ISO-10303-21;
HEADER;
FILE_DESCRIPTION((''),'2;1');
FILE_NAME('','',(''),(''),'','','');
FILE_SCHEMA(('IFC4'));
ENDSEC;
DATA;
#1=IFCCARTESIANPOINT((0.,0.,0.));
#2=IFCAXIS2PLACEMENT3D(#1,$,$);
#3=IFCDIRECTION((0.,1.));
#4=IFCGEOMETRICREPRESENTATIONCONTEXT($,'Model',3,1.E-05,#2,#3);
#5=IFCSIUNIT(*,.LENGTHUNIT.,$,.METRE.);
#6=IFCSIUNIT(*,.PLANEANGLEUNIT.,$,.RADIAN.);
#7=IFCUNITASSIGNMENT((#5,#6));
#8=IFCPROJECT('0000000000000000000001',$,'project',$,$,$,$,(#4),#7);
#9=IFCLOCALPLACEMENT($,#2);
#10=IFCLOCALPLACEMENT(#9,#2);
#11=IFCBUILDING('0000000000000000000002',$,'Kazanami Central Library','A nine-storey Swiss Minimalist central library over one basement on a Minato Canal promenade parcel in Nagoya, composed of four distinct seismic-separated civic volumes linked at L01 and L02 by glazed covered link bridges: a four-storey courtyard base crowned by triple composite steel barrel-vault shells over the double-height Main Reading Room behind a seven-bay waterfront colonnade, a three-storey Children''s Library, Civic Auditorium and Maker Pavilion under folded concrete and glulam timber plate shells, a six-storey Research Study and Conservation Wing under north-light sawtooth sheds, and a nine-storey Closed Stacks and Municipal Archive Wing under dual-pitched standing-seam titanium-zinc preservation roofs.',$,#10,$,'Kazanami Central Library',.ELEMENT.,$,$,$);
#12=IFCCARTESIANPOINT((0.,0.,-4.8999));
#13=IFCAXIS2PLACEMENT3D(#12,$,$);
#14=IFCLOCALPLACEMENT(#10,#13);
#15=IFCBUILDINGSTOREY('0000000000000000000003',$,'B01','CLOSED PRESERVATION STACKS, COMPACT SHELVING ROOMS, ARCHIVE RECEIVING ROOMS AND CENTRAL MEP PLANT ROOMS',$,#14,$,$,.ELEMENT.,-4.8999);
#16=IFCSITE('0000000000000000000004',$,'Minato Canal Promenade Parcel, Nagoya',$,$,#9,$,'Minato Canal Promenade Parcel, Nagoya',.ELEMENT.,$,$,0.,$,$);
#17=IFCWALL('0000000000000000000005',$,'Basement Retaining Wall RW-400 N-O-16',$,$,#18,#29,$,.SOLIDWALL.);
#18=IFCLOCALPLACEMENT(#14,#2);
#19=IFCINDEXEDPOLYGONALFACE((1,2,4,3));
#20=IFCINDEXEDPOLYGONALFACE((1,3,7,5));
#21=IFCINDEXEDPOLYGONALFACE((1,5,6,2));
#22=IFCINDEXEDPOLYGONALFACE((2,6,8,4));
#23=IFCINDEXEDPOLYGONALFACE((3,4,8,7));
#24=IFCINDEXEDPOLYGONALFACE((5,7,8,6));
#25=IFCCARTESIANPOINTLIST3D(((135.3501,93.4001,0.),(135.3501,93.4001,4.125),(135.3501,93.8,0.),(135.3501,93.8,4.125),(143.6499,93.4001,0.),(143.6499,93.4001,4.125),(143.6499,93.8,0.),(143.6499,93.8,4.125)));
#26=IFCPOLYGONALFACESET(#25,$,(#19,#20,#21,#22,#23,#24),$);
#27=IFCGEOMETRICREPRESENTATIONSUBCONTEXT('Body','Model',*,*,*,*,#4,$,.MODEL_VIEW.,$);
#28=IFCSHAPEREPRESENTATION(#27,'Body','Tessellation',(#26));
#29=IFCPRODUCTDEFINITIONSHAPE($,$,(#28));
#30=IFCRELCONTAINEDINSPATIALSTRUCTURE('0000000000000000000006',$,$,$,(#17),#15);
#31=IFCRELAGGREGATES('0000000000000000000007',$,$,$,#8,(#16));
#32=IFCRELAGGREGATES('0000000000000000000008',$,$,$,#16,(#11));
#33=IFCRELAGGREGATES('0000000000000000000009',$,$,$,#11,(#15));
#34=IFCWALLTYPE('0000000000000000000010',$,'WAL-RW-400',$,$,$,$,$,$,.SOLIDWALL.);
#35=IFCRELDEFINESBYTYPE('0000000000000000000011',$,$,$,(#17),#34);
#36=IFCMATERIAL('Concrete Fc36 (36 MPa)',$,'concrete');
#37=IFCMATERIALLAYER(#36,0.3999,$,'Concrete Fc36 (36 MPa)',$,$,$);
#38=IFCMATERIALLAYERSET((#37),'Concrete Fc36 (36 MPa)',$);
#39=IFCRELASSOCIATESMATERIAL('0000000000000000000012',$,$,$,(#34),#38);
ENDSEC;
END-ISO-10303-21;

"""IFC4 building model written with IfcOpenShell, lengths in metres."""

from ifc_helpers import new_model, si_unit, direction, frame, frame_2d, origin, place, context, subcontext, project, spatial, rectangle, extrude, material, layer, layer_set, type_object, element, save


model = new_model("IFC4")

# Units and contexts
model_context = context("Model", 3, precision=1e-05, world=origin(), true_north=direction((0.0, 1.0)))
body_context = subcontext(model_context, "Body", "Model", "MODEL_VIEW")
ifc_project = project(units=[si_unit("LENGTHUNIT", "METRE"), si_unit("PLANEANGLEUNIT", "RADIAN")], contexts=[model_context])

# Site, building, storey
site_placement = place(None, origin())
site = spatial("IfcSite", under=ifc_project, at=site_placement, Name="Minato Canal Promenade Parcel, Nagoya", LongName="Minato Canal Promenade Parcel, Nagoya", CompositionType="ELEMENT", RefElevation=0.0)
building_placement = place(site_placement, origin())
building = spatial("IfcBuilding", under=site, at=building_placement, Name="Kazanami Central Library", Description="A nine-storey Swiss Minimalist central library over one basement on a Minato Canal promenade parcel in Nagoya, composed of four distinct seismic-separated civic volumes linked at L01 and L02 by glazed covered link bridges: a four-storey courtyard base crowned by triple composite steel barrel-vault shells over the double-height Main Reading Room behind a seven-bay waterfront colonnade, a three-storey Children's Library, Civic Auditorium and Maker Pavilion under folded concrete and glulam timber plate shells, a six-storey Research Study and Conservation Wing under north-light sawtooth sheds, and a nine-storey Closed Stacks and Municipal Archive Wing under dual-pitched standing-seam titanium-zinc preservation roofs.", LongName="Kazanami Central Library", CompositionType="ELEMENT")
storey_placement = place(building_placement, frame((0.0, 0.0, -4.8999)))
storey = spatial("IfcBuildingStorey", under=building, at=storey_placement, Name="B01", Description="CLOSED PRESERVATION STACKS, COMPACT SHELVING ROOMS, ARCHIVE RECEIVING ROOMS AND CENTRAL MEP PLANT ROOMS", CompositionType="ELEMENT", Elevation=-4.8999)

# Shared definitions
ifc_material_1 = material(Name="Concrete Fc36 (36 MPa)", Category="concrete")

# Wall
ifc_layer = layer(ifc_material_1, 0.3999, Name="Concrete Fc36 (36 MPa)")
ifc_layer_set = layer_set([ifc_layer], Name="Concrete Fc36 (36 MPa)")
wall_type = type_object("IfcWallType", Name="WAL-RW-400", PredefinedType="SOLIDWALL", material=ifc_layer_set)
for number, where, z_axis, x_axis, name in (
    (1, (143.6499, 93.6001, 0.0), (0.0, 0.0, 1.0), (-1.0, 0.0, 0.0), "Basement Retaining Wall RW-400 N-O-16"),
):
    element("IfcWall", number, at=place(storey_placement, frame(where, z_axis=z_axis, x_axis=x_axis)), inside=storey, type_object=wall_type, Name=name, PredefinedType="SOLIDWALL", context=body_context, shape_type="SweptSolid", body=[
        extrude(rectangle(XDim=8.2998, YDim=0.3999, at=frame_2d((4.1499, 0.0))), origin(), (0.0, 0.0, 1.0), 4.125),
    ])

save(model, "model.ifc")
